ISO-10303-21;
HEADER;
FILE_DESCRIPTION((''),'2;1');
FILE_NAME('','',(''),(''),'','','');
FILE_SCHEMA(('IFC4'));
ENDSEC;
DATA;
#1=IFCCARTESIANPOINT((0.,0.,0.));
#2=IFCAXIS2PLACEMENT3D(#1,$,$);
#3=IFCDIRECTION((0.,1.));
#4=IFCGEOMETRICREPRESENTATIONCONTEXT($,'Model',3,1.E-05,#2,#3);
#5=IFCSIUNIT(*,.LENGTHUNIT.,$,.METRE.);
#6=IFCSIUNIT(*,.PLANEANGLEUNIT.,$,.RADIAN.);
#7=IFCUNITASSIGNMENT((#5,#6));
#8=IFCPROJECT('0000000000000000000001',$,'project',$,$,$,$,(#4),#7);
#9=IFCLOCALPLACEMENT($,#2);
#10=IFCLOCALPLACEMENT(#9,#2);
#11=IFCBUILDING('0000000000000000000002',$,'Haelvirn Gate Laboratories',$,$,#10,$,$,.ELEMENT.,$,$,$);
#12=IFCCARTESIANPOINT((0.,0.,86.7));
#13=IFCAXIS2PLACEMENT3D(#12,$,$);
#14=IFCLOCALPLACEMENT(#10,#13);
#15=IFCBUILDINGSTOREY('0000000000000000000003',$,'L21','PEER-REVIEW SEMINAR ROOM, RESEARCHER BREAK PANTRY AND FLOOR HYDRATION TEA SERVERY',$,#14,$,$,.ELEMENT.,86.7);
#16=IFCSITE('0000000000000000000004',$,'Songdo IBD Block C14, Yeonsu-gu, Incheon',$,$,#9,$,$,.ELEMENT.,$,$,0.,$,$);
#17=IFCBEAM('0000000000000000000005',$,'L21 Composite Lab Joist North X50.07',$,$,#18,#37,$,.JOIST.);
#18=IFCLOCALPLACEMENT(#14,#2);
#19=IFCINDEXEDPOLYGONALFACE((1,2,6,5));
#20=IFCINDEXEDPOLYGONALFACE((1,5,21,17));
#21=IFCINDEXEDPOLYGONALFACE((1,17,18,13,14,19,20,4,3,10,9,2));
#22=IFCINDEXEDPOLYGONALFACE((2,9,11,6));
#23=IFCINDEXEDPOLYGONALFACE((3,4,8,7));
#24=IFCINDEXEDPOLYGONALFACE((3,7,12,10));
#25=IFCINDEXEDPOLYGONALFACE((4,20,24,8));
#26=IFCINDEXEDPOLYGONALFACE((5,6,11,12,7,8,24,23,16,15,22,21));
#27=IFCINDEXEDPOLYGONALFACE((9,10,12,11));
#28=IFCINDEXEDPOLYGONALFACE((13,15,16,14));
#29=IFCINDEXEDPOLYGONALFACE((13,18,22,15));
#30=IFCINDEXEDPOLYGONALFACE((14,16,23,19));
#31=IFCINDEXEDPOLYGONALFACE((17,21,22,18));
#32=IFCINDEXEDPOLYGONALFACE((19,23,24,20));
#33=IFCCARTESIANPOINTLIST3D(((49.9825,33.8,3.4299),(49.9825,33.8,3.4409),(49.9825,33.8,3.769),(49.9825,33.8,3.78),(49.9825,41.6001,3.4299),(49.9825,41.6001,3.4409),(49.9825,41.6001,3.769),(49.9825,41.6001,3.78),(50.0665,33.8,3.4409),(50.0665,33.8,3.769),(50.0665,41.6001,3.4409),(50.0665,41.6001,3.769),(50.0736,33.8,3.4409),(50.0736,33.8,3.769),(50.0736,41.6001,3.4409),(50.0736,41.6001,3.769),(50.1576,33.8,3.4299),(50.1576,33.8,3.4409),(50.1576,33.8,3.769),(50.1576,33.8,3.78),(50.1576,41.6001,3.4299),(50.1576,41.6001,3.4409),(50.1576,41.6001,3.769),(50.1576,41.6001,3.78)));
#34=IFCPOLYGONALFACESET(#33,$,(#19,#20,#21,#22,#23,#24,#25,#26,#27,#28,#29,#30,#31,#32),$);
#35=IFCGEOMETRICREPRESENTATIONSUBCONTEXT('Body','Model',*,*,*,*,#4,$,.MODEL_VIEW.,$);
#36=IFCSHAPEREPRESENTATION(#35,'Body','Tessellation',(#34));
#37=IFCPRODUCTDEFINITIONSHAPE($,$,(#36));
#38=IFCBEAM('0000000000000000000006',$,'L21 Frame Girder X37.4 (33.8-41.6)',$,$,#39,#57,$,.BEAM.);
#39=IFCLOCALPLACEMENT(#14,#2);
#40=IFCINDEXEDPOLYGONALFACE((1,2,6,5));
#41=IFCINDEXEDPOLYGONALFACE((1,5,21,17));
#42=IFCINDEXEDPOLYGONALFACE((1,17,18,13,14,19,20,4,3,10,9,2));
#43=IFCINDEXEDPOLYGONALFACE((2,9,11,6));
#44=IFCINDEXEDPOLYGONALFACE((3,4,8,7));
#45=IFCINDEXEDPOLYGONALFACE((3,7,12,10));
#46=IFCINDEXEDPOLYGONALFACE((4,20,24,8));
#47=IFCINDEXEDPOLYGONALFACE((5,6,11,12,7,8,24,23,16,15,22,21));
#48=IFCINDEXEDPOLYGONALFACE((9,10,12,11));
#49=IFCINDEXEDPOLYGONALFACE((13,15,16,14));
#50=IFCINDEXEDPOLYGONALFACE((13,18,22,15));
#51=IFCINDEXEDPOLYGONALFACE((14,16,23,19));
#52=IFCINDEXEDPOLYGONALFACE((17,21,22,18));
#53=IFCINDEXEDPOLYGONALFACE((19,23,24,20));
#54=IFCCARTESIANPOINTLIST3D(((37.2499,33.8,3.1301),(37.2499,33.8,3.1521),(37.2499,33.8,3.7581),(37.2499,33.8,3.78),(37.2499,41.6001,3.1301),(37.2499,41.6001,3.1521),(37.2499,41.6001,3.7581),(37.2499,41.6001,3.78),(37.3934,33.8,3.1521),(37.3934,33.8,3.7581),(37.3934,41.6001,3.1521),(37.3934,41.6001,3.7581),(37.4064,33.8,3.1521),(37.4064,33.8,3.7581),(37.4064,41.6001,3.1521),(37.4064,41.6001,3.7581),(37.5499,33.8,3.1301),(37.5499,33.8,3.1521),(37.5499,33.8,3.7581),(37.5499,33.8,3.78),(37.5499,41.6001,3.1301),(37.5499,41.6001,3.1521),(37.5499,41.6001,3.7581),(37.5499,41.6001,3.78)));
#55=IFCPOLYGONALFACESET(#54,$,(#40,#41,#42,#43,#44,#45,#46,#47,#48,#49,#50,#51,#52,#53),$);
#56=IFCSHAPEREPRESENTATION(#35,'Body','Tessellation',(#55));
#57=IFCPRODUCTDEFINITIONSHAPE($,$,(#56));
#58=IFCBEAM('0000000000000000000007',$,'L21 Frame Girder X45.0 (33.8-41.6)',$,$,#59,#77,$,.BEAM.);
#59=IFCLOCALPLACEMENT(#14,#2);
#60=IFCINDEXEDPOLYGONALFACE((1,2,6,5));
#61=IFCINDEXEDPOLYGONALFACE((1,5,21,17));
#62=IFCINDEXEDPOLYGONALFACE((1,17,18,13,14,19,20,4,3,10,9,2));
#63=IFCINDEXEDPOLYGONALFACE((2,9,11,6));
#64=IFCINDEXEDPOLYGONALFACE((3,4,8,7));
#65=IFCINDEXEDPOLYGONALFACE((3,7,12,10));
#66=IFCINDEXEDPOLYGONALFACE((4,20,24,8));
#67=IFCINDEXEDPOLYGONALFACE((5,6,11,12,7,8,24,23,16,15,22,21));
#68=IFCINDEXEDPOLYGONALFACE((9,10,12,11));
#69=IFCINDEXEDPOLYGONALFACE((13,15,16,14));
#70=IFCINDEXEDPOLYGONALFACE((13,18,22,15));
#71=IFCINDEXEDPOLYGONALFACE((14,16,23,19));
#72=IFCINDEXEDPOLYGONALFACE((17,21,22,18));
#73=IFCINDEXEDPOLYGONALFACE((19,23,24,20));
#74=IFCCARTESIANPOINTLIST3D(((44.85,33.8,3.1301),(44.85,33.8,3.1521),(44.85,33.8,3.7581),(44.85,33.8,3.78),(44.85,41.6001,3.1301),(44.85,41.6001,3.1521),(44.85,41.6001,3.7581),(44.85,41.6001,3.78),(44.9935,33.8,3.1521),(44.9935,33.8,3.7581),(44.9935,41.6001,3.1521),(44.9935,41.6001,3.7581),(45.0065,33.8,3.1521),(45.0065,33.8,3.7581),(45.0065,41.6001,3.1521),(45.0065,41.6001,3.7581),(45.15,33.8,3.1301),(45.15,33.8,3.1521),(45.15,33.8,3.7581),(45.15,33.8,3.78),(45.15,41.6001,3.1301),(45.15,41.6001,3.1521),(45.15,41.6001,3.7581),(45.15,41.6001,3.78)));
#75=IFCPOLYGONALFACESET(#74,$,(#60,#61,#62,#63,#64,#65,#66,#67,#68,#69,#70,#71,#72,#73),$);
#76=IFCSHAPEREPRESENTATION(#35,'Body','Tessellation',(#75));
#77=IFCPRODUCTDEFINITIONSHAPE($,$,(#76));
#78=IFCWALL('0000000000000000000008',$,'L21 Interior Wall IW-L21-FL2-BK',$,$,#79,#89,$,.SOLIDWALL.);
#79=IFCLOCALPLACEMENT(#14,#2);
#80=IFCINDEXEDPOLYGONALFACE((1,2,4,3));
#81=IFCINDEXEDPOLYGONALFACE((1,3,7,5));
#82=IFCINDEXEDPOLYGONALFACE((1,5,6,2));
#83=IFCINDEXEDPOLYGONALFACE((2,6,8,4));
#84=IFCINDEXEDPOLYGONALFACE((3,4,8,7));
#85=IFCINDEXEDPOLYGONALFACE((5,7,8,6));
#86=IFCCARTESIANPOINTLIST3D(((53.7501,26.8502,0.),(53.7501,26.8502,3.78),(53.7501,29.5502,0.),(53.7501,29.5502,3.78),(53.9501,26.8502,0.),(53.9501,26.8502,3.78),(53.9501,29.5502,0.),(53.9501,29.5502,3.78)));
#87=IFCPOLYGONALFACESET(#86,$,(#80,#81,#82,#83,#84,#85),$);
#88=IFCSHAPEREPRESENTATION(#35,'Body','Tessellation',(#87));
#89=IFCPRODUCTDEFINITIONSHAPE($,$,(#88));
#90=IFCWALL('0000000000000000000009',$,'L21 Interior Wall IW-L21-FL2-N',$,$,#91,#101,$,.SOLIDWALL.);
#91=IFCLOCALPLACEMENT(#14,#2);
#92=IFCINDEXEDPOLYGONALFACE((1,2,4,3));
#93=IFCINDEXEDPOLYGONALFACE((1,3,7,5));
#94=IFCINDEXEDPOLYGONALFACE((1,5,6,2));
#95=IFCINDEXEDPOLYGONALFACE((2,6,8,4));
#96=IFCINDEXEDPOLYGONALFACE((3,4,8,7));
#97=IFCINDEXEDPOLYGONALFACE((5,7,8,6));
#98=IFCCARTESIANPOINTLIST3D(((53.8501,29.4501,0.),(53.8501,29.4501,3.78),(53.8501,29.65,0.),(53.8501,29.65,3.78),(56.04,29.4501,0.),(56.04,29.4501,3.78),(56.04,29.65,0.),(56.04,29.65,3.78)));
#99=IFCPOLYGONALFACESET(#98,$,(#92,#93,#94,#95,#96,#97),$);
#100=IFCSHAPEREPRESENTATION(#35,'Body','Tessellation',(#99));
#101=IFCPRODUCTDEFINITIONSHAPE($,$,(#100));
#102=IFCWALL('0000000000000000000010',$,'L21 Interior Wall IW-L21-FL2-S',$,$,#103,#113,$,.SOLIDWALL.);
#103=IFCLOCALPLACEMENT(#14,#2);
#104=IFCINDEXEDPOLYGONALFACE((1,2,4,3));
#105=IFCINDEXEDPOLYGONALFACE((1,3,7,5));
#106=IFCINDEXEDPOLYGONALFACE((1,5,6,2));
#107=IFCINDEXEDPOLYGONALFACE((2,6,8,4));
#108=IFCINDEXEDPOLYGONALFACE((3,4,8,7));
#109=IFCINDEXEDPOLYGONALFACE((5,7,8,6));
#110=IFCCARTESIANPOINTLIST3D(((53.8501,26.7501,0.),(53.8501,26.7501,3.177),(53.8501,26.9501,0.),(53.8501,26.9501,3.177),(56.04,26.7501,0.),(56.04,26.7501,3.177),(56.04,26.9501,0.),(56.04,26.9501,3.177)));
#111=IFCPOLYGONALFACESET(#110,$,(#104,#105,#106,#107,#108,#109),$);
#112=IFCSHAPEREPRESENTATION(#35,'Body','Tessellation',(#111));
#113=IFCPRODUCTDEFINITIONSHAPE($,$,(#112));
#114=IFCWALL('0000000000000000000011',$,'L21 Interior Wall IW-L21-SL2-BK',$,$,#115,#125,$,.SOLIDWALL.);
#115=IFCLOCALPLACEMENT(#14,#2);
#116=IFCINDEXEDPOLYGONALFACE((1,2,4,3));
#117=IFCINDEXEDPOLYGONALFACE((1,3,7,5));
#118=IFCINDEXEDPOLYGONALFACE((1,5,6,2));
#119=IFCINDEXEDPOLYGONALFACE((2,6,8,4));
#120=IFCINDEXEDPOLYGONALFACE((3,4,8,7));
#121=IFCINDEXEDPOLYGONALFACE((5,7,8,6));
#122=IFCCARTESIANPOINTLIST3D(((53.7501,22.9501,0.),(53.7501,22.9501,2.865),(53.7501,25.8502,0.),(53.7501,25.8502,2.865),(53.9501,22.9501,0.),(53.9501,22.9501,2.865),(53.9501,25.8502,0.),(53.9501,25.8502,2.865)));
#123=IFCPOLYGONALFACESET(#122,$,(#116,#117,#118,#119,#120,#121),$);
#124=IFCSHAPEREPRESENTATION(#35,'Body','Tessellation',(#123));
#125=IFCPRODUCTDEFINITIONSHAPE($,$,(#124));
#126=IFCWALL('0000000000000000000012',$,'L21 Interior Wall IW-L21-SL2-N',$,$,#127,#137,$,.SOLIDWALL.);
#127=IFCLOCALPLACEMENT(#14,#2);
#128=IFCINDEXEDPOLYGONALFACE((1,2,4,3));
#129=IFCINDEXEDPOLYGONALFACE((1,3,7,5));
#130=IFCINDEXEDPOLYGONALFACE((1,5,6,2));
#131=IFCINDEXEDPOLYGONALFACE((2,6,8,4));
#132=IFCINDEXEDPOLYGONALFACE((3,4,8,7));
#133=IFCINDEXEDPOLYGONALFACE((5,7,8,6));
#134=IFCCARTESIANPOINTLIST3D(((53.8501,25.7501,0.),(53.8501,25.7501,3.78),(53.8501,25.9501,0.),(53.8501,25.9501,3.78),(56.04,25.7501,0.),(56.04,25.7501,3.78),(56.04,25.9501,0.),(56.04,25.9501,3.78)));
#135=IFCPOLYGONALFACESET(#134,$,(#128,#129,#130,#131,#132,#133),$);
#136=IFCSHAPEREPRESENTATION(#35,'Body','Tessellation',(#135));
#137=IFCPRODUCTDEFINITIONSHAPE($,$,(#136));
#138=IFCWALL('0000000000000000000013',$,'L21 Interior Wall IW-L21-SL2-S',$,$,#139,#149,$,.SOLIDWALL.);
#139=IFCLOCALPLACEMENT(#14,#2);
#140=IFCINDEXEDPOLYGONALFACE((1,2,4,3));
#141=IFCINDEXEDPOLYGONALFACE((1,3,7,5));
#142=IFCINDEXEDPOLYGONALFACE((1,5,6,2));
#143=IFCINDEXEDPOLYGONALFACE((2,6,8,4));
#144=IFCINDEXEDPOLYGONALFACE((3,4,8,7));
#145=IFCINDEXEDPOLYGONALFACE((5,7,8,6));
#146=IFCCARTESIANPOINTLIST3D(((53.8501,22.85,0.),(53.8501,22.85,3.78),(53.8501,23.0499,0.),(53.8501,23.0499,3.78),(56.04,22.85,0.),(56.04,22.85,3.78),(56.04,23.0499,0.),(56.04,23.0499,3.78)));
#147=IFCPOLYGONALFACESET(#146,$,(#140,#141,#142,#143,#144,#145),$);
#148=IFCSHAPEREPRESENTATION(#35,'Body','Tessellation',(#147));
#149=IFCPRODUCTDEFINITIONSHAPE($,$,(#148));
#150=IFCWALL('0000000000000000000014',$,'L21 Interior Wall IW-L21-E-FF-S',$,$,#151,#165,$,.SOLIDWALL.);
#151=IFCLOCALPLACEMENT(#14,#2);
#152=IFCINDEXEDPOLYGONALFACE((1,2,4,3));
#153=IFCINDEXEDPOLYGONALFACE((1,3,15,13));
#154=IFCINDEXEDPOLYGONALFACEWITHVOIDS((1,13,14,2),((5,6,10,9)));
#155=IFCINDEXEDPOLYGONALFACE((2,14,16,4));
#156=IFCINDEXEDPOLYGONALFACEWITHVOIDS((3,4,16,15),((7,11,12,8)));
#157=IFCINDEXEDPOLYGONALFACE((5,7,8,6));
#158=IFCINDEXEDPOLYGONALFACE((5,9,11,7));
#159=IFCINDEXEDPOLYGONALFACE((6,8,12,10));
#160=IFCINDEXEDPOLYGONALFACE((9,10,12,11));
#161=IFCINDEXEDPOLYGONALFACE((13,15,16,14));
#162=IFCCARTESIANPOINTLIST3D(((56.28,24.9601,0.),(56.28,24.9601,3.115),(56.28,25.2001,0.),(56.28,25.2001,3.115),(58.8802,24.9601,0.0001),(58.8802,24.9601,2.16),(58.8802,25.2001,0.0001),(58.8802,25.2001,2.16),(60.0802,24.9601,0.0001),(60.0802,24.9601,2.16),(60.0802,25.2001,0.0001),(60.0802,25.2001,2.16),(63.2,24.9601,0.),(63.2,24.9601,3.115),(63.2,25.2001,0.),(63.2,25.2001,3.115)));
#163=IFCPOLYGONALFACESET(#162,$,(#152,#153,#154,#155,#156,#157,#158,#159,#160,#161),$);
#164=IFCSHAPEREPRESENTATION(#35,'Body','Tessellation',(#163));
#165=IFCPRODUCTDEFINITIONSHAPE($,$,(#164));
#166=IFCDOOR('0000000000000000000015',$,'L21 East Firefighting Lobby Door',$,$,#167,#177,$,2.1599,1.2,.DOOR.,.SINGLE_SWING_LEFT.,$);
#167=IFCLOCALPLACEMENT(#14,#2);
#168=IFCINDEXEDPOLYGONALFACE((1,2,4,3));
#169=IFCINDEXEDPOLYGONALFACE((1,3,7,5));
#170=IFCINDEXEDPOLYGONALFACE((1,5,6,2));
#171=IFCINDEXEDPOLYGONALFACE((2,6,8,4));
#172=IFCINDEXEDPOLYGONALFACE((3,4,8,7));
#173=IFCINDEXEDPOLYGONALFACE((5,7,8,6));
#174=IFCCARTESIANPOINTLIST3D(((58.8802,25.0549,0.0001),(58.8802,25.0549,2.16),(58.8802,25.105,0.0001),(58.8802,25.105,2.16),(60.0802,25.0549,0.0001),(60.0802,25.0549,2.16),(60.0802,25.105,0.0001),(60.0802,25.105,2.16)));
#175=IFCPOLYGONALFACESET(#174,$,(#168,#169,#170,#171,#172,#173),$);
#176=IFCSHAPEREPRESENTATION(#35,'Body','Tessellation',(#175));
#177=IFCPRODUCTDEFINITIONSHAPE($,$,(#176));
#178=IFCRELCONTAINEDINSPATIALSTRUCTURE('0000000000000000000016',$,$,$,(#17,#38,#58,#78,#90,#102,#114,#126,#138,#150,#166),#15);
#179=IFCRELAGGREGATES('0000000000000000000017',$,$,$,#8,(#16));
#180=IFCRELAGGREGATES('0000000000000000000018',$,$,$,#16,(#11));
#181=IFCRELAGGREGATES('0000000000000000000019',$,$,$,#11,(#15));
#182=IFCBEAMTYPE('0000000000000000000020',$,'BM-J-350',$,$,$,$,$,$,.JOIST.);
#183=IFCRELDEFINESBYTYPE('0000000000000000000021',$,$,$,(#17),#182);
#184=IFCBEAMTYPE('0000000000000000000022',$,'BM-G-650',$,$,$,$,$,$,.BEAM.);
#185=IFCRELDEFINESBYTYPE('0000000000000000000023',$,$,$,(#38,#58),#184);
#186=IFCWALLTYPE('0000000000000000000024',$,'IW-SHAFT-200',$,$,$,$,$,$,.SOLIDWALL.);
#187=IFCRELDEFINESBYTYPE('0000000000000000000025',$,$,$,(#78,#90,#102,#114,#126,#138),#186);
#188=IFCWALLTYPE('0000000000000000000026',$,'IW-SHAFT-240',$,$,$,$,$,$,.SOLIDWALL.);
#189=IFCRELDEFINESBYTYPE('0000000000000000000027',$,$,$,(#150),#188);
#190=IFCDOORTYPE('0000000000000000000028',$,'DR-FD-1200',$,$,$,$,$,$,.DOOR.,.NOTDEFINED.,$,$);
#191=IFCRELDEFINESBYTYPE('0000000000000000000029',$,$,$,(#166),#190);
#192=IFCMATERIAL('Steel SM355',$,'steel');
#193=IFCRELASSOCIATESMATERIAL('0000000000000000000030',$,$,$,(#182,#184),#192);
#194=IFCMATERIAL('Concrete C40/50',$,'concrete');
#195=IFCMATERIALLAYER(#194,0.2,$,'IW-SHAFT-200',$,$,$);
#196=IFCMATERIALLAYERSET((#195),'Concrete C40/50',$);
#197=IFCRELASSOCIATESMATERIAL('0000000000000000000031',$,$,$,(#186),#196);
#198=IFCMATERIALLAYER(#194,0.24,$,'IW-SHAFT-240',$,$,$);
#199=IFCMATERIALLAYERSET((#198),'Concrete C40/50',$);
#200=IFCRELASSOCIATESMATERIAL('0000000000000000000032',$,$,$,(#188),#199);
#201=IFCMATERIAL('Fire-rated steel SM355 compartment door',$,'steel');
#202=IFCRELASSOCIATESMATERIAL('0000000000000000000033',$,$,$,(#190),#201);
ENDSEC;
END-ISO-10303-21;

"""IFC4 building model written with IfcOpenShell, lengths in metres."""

from ifc_helpers import new_model, si_unit, direction, frame, frame_2d, origin, origin_2d, place, context, subcontext, project, spatial, rectangle, i_section, extrude, source, transform, mapped, material, layer, layer_set, material_profile, profile_set, type_object, type_shapes, element, fill, save


model = new_model("IFC4")

# Units and contexts
model_context = context("Model", 3, precision=1e-05, world=origin(), true_north=direction((0.0, 1.0)))
body_context = subcontext(model_context, "Body", "Model", "MODEL_VIEW")
ifc_project = project(units=[si_unit("LENGTHUNIT", "METRE"), si_unit("PLANEANGLEUNIT", "RADIAN")], contexts=[model_context])

# Site, building, storey
site_placement = place(None, origin())
site = spatial("IfcSite", under=ifc_project, at=site_placement, Name="Songdo IBD Block C14, Yeonsu-gu, Incheon", CompositionType="ELEMENT", RefElevation=0.0)
building_placement = place(site_placement, origin())
building = spatial("IfcBuilding", under=site, at=building_placement, Name="Haelvirn Gate Laboratories", CompositionType="ELEMENT")
storey_placement = place(building_placement, frame((0.0, 0.0, 86.7)))
storey = spatial("IfcBuildingStorey", under=building, at=storey_placement, Name="L21", Description="PEER-REVIEW SEMINAR ROOM, RESEARCHER BREAK PANTRY AND FLOOR HYDRATION TEA SERVERY", CompositionType="ELEMENT", Elevation=86.7)

# Beams
ifc_material_1 = material(Name="Steel SM355", Category="steel")
ifc_material_profile_1 = material_profile(ifc_material_1, i_section(OverallWidth=0.175, OverallDepth=0.3501, WebThickness=0.0071, FlangeThickness=0.011, at=origin_2d()), Name="H-350x175x7x11")
ifc_profile_set_1 = profile_set([ifc_material_profile_1], Name="Steel SM355")
beam_type_1 = type_object("IfcBeamType", Name="BM-J-350", PredefinedType="JOIST", material=ifc_profile_set_1)
shared_shape_1 = source(origin(), body_context, "Body", "SweptSolid", [
    extrude(i_section(OverallWidth=0.175, OverallDepth=0.3501, WebThickness=0.0071, FlangeThickness=0.011, at=origin_2d()), origin(), (0.0, 0.0, 1.0), 7.8),
])
type_shapes(beam_type_1, [shared_shape_1])
for number, where, z_axis, x_axis, name in (
    (1, (50.0701, 33.8, 3.605), (0.0, 1.0, 0.0), (-1.0, 0.0, 0.0), "L21 Composite Lab Joist North X50.07"),
):
    element("IfcBeam", number, at=place(storey_placement, frame(where, z_axis=z_axis, x_axis=x_axis)), inside=storey, type_object=beam_type_1, Name=name, PredefinedType="JOIST", context=body_context, shape_type="MappedRepresentation", body=[
        mapped(shared_shape_1, transform((0.0, 0.0, 0.0), scale=1.0)),
    ])
ifc_material_profile_2 = material_profile(ifc_material_1, i_section(OverallWidth=0.3, OverallDepth=0.6499, WebThickness=0.0129, FlangeThickness=0.022, at=origin_2d()), Name="H-650x300x13x22")
ifc_profile_set_2 = profile_set([ifc_material_profile_2], Name="Steel SM355")
beam_type_2 = type_object("IfcBeamType", Name="BM-G-650", PredefinedType="BEAM", material=ifc_profile_set_2)
shared_shape_2 = source(origin(), body_context, "Body", "SweptSolid", [
    extrude(i_section(OverallWidth=0.3, OverallDepth=0.6499, WebThickness=0.0129, FlangeThickness=0.022, at=origin_2d()), origin(), (0.0, 0.0, 1.0), 7.8),
])
type_shapes(beam_type_2, [shared_shape_2])
for number, where, z_axis, x_axis, name in (
    (2, (37.3999, 33.8, 3.4551), (0.0, 1.0, 0.0), (-1.0, 0.0, 0.0), "L21 Frame Girder X37.4 (33.8-41.6)"),
    (3, (45.0, 33.8, 3.4551), (0.0, 1.0, 0.0), (-1.0, 0.0, 0.0), "L21 Frame Girder X45.0 (33.8-41.6)"),
):
    element("IfcBeam", number, at=place(storey_placement, frame(where, z_axis=z_axis, x_axis=x_axis)), inside=storey, type_object=beam_type_2, Name=name, PredefinedType="BEAM", context=body_context, shape_type="MappedRepresentation", body=[
        mapped(shared_shape_2, transform((0.0, 0.0, 0.0), scale=1.0)),
    ])

# Walls
ifc_material_2 = material(Name="Concrete C40/50", Category="concrete")
ifc_layer_1 = layer(ifc_material_2, 0.2, Name="IW-SHAFT-200")
ifc_layer_set_1 = layer_set([ifc_layer_1], Name="Concrete C40/50")
wall_type_1 = type_object("IfcWallType", Name="IW-SHAFT-200", PredefinedType="SOLIDWALL", material=ifc_layer_set_1)
wall_1_placement = place(storey_placement, frame((53.8501, 26.8501, 0.0), z_axis=(0.0, 0.0, 1.0), x_axis=(0.0, 1.0, 0.0)))
element("IfcWall", 4, at=wall_1_placement, inside=storey, type_object=wall_type_1, Name="L21 Interior Wall IW-L21-FL2-BK", PredefinedType="SOLIDWALL", context=body_context, shape_type="SweptSolid", body=[
    extrude(rectangle(XDim=2.7, YDim=0.2, at=frame_2d((1.3501, 0.0))), origin(), (0.0, 0.0, 1.0), 3.78),
])
wall_2_placement = place(storey_placement, frame((53.8501, 29.55, 0.0), z_axis=(0.0, 0.0, 1.0), x_axis=(1.0, 0.0, 0.0)))
element("IfcWall", 5, at=wall_2_placement, inside=storey, type_object=wall_type_1, Name="L21 Interior Wall IW-L21-FL2-N", PredefinedType="SOLIDWALL", context=body_context, shape_type="SweptSolid", body=[
    extrude(rectangle(XDim=2.1899, YDim=0.2, at=frame_2d((1.095, 0.0))), origin(), (0.0, 0.0, 1.0), 3.78),
])
wall_3_placement = place(storey_placement, frame((53.8501, 26.8501, 0.0), z_axis=(0.0, 0.0, 1.0), x_axis=(1.0, 0.0, 0.0)))
element("IfcWall", 6, at=wall_3_placement, inside=storey, type_object=wall_type_1, Name="L21 Interior Wall IW-L21-FL2-S", PredefinedType="SOLIDWALL", context=body_context, shape_type="SweptSolid", body=[
    extrude(rectangle(XDim=2.1899, YDim=0.2, at=frame_2d((1.095, 0.0))), origin(), (0.0, 0.0, 1.0), 3.177),
])
wall_4_placement = place(storey_placement, frame((53.8501, 22.95, 0.0), z_axis=(0.0, 0.0, 1.0), x_axis=(0.0, 1.0, 0.0)))
element("IfcWall", 7, at=wall_4_placement, inside=storey, type_object=wall_type_1, Name="L21 Interior Wall IW-L21-SL2-BK", PredefinedType="SOLIDWALL", context=body_context, shape_type="SweptSolid", body=[
    extrude(rectangle(XDim=2.9001, YDim=0.2, at=frame_2d((1.4502, 0.0))), origin(), (0.0, 0.0, 1.0), 2.865),
])
for number, where, z_axis, x_axis, name in (
    (8, (53.8501, 25.8501, 0.0), (0.0, 0.0, 1.0), (1.0, 0.0, 0.0), "L21 Interior Wall IW-L21-SL2-N"),
    (9, (53.8501, 22.95, 0.0), (0.0, 0.0, 1.0), (1.0, 0.0, 0.0), "L21 Interior Wall IW-L21-SL2-S"),
):
    element("IfcWall", number, at=place(storey_placement, frame(where, z_axis=z_axis, x_axis=x_axis)), inside=storey, type_object=wall_type_1, Name=name, PredefinedType="SOLIDWALL", context=body_context, shape_type="SweptSolid", body=[
        extrude(rectangle(XDim=2.1899, YDim=0.2, at=frame_2d((1.095, 0.0))), origin(), (0.0, 0.0, 1.0), 3.78),
    ])

# Wall, opening, door
ifc_layer_2 = layer(ifc_material_2, 0.24, Name="IW-SHAFT-240")
ifc_layer_set_2 = layer_set([ifc_layer_2], Name="Concrete C40/50")
wall_type_2 = type_object("IfcWallType", Name="IW-SHAFT-240", PredefinedType="SOLIDWALL", material=ifc_layer_set_2)
wall_5_placement = place(storey_placement, frame((56.28, 25.0801, 0.0), z_axis=(0.0, 0.0, 1.0), x_axis=(1.0, 0.0, 0.0)))
wall_5 = element("IfcWall", 10, at=wall_5_placement, inside=storey, type_object=wall_type_2, Name="L21 Interior Wall IW-L21-E-FF-S", PredefinedType="SOLIDWALL", context=body_context, shape_type="SweptSolid", body=[
    extrude(rectangle(XDim=6.9199, YDim=0.24, at=frame_2d((3.46, 0.0))), origin(), (0.0, 0.0, 1.0), 3.115),
])
opening_1_placement = place(wall_5_placement, frame((2.6001, 0.0, 0.0)))
opening_1 = element("IfcOpeningElement", 11, at=opening_1_placement, cuts=wall_5, PredefinedType="OPENING", context=body_context, shape_type="SweptSolid", body=[
    extrude(rectangle(XDim=1.2, YDim=2.1599, at=frame_2d((0.6001, 1.0801))), frame((0.0, 0.1299, 0.0), z_axis=(0.0, -1.0, 0.0), x_axis=(1.0, 0.0, 0.0)), (0.0, 0.0, 1.0), 0.26),
])
ifc_material_3 = material(Name="Fire-rated steel SM355 compartment door", Category="steel")
door_type_1 = type_object("IfcDoorType", Name="DR-FD-1200", OperationType="NOTDEFINED", PredefinedType="DOOR", material=ifc_material_3)
shared_shape_3 = source(origin(), body_context, "Body", "SweptSolid", [
    extrude(rectangle(XDim=1.2, YDim=2.1599, at=frame_2d((0.6001, 1.0801))), frame((0.0, 0.0249, 0.0), z_axis=(0.0, -1.0, 0.0), x_axis=(1.0, 0.0, 0.0)), (0.0, 0.0, 1.0), 0.05),
])
type_shapes(door_type_1, [shared_shape_3])
door_1_placement = place(opening_1_placement, origin())
door_1 = element("IfcDoor", 12, at=door_1_placement, inside=storey, type_object=door_type_1, Name="L21 East Firefighting Lobby Door", OperationType="SINGLE_SWING_LEFT", OverallHeight=2.1599, OverallWidth=1.2, PredefinedType="DOOR", context=body_context, shape_type="MappedRepresentation", body=[
    mapped(shared_shape_3, transform((0.0, 0.0, 0.0), scale=1.0)),
])
fill(opening_1, door_1)

save(model, "model.ifc")
